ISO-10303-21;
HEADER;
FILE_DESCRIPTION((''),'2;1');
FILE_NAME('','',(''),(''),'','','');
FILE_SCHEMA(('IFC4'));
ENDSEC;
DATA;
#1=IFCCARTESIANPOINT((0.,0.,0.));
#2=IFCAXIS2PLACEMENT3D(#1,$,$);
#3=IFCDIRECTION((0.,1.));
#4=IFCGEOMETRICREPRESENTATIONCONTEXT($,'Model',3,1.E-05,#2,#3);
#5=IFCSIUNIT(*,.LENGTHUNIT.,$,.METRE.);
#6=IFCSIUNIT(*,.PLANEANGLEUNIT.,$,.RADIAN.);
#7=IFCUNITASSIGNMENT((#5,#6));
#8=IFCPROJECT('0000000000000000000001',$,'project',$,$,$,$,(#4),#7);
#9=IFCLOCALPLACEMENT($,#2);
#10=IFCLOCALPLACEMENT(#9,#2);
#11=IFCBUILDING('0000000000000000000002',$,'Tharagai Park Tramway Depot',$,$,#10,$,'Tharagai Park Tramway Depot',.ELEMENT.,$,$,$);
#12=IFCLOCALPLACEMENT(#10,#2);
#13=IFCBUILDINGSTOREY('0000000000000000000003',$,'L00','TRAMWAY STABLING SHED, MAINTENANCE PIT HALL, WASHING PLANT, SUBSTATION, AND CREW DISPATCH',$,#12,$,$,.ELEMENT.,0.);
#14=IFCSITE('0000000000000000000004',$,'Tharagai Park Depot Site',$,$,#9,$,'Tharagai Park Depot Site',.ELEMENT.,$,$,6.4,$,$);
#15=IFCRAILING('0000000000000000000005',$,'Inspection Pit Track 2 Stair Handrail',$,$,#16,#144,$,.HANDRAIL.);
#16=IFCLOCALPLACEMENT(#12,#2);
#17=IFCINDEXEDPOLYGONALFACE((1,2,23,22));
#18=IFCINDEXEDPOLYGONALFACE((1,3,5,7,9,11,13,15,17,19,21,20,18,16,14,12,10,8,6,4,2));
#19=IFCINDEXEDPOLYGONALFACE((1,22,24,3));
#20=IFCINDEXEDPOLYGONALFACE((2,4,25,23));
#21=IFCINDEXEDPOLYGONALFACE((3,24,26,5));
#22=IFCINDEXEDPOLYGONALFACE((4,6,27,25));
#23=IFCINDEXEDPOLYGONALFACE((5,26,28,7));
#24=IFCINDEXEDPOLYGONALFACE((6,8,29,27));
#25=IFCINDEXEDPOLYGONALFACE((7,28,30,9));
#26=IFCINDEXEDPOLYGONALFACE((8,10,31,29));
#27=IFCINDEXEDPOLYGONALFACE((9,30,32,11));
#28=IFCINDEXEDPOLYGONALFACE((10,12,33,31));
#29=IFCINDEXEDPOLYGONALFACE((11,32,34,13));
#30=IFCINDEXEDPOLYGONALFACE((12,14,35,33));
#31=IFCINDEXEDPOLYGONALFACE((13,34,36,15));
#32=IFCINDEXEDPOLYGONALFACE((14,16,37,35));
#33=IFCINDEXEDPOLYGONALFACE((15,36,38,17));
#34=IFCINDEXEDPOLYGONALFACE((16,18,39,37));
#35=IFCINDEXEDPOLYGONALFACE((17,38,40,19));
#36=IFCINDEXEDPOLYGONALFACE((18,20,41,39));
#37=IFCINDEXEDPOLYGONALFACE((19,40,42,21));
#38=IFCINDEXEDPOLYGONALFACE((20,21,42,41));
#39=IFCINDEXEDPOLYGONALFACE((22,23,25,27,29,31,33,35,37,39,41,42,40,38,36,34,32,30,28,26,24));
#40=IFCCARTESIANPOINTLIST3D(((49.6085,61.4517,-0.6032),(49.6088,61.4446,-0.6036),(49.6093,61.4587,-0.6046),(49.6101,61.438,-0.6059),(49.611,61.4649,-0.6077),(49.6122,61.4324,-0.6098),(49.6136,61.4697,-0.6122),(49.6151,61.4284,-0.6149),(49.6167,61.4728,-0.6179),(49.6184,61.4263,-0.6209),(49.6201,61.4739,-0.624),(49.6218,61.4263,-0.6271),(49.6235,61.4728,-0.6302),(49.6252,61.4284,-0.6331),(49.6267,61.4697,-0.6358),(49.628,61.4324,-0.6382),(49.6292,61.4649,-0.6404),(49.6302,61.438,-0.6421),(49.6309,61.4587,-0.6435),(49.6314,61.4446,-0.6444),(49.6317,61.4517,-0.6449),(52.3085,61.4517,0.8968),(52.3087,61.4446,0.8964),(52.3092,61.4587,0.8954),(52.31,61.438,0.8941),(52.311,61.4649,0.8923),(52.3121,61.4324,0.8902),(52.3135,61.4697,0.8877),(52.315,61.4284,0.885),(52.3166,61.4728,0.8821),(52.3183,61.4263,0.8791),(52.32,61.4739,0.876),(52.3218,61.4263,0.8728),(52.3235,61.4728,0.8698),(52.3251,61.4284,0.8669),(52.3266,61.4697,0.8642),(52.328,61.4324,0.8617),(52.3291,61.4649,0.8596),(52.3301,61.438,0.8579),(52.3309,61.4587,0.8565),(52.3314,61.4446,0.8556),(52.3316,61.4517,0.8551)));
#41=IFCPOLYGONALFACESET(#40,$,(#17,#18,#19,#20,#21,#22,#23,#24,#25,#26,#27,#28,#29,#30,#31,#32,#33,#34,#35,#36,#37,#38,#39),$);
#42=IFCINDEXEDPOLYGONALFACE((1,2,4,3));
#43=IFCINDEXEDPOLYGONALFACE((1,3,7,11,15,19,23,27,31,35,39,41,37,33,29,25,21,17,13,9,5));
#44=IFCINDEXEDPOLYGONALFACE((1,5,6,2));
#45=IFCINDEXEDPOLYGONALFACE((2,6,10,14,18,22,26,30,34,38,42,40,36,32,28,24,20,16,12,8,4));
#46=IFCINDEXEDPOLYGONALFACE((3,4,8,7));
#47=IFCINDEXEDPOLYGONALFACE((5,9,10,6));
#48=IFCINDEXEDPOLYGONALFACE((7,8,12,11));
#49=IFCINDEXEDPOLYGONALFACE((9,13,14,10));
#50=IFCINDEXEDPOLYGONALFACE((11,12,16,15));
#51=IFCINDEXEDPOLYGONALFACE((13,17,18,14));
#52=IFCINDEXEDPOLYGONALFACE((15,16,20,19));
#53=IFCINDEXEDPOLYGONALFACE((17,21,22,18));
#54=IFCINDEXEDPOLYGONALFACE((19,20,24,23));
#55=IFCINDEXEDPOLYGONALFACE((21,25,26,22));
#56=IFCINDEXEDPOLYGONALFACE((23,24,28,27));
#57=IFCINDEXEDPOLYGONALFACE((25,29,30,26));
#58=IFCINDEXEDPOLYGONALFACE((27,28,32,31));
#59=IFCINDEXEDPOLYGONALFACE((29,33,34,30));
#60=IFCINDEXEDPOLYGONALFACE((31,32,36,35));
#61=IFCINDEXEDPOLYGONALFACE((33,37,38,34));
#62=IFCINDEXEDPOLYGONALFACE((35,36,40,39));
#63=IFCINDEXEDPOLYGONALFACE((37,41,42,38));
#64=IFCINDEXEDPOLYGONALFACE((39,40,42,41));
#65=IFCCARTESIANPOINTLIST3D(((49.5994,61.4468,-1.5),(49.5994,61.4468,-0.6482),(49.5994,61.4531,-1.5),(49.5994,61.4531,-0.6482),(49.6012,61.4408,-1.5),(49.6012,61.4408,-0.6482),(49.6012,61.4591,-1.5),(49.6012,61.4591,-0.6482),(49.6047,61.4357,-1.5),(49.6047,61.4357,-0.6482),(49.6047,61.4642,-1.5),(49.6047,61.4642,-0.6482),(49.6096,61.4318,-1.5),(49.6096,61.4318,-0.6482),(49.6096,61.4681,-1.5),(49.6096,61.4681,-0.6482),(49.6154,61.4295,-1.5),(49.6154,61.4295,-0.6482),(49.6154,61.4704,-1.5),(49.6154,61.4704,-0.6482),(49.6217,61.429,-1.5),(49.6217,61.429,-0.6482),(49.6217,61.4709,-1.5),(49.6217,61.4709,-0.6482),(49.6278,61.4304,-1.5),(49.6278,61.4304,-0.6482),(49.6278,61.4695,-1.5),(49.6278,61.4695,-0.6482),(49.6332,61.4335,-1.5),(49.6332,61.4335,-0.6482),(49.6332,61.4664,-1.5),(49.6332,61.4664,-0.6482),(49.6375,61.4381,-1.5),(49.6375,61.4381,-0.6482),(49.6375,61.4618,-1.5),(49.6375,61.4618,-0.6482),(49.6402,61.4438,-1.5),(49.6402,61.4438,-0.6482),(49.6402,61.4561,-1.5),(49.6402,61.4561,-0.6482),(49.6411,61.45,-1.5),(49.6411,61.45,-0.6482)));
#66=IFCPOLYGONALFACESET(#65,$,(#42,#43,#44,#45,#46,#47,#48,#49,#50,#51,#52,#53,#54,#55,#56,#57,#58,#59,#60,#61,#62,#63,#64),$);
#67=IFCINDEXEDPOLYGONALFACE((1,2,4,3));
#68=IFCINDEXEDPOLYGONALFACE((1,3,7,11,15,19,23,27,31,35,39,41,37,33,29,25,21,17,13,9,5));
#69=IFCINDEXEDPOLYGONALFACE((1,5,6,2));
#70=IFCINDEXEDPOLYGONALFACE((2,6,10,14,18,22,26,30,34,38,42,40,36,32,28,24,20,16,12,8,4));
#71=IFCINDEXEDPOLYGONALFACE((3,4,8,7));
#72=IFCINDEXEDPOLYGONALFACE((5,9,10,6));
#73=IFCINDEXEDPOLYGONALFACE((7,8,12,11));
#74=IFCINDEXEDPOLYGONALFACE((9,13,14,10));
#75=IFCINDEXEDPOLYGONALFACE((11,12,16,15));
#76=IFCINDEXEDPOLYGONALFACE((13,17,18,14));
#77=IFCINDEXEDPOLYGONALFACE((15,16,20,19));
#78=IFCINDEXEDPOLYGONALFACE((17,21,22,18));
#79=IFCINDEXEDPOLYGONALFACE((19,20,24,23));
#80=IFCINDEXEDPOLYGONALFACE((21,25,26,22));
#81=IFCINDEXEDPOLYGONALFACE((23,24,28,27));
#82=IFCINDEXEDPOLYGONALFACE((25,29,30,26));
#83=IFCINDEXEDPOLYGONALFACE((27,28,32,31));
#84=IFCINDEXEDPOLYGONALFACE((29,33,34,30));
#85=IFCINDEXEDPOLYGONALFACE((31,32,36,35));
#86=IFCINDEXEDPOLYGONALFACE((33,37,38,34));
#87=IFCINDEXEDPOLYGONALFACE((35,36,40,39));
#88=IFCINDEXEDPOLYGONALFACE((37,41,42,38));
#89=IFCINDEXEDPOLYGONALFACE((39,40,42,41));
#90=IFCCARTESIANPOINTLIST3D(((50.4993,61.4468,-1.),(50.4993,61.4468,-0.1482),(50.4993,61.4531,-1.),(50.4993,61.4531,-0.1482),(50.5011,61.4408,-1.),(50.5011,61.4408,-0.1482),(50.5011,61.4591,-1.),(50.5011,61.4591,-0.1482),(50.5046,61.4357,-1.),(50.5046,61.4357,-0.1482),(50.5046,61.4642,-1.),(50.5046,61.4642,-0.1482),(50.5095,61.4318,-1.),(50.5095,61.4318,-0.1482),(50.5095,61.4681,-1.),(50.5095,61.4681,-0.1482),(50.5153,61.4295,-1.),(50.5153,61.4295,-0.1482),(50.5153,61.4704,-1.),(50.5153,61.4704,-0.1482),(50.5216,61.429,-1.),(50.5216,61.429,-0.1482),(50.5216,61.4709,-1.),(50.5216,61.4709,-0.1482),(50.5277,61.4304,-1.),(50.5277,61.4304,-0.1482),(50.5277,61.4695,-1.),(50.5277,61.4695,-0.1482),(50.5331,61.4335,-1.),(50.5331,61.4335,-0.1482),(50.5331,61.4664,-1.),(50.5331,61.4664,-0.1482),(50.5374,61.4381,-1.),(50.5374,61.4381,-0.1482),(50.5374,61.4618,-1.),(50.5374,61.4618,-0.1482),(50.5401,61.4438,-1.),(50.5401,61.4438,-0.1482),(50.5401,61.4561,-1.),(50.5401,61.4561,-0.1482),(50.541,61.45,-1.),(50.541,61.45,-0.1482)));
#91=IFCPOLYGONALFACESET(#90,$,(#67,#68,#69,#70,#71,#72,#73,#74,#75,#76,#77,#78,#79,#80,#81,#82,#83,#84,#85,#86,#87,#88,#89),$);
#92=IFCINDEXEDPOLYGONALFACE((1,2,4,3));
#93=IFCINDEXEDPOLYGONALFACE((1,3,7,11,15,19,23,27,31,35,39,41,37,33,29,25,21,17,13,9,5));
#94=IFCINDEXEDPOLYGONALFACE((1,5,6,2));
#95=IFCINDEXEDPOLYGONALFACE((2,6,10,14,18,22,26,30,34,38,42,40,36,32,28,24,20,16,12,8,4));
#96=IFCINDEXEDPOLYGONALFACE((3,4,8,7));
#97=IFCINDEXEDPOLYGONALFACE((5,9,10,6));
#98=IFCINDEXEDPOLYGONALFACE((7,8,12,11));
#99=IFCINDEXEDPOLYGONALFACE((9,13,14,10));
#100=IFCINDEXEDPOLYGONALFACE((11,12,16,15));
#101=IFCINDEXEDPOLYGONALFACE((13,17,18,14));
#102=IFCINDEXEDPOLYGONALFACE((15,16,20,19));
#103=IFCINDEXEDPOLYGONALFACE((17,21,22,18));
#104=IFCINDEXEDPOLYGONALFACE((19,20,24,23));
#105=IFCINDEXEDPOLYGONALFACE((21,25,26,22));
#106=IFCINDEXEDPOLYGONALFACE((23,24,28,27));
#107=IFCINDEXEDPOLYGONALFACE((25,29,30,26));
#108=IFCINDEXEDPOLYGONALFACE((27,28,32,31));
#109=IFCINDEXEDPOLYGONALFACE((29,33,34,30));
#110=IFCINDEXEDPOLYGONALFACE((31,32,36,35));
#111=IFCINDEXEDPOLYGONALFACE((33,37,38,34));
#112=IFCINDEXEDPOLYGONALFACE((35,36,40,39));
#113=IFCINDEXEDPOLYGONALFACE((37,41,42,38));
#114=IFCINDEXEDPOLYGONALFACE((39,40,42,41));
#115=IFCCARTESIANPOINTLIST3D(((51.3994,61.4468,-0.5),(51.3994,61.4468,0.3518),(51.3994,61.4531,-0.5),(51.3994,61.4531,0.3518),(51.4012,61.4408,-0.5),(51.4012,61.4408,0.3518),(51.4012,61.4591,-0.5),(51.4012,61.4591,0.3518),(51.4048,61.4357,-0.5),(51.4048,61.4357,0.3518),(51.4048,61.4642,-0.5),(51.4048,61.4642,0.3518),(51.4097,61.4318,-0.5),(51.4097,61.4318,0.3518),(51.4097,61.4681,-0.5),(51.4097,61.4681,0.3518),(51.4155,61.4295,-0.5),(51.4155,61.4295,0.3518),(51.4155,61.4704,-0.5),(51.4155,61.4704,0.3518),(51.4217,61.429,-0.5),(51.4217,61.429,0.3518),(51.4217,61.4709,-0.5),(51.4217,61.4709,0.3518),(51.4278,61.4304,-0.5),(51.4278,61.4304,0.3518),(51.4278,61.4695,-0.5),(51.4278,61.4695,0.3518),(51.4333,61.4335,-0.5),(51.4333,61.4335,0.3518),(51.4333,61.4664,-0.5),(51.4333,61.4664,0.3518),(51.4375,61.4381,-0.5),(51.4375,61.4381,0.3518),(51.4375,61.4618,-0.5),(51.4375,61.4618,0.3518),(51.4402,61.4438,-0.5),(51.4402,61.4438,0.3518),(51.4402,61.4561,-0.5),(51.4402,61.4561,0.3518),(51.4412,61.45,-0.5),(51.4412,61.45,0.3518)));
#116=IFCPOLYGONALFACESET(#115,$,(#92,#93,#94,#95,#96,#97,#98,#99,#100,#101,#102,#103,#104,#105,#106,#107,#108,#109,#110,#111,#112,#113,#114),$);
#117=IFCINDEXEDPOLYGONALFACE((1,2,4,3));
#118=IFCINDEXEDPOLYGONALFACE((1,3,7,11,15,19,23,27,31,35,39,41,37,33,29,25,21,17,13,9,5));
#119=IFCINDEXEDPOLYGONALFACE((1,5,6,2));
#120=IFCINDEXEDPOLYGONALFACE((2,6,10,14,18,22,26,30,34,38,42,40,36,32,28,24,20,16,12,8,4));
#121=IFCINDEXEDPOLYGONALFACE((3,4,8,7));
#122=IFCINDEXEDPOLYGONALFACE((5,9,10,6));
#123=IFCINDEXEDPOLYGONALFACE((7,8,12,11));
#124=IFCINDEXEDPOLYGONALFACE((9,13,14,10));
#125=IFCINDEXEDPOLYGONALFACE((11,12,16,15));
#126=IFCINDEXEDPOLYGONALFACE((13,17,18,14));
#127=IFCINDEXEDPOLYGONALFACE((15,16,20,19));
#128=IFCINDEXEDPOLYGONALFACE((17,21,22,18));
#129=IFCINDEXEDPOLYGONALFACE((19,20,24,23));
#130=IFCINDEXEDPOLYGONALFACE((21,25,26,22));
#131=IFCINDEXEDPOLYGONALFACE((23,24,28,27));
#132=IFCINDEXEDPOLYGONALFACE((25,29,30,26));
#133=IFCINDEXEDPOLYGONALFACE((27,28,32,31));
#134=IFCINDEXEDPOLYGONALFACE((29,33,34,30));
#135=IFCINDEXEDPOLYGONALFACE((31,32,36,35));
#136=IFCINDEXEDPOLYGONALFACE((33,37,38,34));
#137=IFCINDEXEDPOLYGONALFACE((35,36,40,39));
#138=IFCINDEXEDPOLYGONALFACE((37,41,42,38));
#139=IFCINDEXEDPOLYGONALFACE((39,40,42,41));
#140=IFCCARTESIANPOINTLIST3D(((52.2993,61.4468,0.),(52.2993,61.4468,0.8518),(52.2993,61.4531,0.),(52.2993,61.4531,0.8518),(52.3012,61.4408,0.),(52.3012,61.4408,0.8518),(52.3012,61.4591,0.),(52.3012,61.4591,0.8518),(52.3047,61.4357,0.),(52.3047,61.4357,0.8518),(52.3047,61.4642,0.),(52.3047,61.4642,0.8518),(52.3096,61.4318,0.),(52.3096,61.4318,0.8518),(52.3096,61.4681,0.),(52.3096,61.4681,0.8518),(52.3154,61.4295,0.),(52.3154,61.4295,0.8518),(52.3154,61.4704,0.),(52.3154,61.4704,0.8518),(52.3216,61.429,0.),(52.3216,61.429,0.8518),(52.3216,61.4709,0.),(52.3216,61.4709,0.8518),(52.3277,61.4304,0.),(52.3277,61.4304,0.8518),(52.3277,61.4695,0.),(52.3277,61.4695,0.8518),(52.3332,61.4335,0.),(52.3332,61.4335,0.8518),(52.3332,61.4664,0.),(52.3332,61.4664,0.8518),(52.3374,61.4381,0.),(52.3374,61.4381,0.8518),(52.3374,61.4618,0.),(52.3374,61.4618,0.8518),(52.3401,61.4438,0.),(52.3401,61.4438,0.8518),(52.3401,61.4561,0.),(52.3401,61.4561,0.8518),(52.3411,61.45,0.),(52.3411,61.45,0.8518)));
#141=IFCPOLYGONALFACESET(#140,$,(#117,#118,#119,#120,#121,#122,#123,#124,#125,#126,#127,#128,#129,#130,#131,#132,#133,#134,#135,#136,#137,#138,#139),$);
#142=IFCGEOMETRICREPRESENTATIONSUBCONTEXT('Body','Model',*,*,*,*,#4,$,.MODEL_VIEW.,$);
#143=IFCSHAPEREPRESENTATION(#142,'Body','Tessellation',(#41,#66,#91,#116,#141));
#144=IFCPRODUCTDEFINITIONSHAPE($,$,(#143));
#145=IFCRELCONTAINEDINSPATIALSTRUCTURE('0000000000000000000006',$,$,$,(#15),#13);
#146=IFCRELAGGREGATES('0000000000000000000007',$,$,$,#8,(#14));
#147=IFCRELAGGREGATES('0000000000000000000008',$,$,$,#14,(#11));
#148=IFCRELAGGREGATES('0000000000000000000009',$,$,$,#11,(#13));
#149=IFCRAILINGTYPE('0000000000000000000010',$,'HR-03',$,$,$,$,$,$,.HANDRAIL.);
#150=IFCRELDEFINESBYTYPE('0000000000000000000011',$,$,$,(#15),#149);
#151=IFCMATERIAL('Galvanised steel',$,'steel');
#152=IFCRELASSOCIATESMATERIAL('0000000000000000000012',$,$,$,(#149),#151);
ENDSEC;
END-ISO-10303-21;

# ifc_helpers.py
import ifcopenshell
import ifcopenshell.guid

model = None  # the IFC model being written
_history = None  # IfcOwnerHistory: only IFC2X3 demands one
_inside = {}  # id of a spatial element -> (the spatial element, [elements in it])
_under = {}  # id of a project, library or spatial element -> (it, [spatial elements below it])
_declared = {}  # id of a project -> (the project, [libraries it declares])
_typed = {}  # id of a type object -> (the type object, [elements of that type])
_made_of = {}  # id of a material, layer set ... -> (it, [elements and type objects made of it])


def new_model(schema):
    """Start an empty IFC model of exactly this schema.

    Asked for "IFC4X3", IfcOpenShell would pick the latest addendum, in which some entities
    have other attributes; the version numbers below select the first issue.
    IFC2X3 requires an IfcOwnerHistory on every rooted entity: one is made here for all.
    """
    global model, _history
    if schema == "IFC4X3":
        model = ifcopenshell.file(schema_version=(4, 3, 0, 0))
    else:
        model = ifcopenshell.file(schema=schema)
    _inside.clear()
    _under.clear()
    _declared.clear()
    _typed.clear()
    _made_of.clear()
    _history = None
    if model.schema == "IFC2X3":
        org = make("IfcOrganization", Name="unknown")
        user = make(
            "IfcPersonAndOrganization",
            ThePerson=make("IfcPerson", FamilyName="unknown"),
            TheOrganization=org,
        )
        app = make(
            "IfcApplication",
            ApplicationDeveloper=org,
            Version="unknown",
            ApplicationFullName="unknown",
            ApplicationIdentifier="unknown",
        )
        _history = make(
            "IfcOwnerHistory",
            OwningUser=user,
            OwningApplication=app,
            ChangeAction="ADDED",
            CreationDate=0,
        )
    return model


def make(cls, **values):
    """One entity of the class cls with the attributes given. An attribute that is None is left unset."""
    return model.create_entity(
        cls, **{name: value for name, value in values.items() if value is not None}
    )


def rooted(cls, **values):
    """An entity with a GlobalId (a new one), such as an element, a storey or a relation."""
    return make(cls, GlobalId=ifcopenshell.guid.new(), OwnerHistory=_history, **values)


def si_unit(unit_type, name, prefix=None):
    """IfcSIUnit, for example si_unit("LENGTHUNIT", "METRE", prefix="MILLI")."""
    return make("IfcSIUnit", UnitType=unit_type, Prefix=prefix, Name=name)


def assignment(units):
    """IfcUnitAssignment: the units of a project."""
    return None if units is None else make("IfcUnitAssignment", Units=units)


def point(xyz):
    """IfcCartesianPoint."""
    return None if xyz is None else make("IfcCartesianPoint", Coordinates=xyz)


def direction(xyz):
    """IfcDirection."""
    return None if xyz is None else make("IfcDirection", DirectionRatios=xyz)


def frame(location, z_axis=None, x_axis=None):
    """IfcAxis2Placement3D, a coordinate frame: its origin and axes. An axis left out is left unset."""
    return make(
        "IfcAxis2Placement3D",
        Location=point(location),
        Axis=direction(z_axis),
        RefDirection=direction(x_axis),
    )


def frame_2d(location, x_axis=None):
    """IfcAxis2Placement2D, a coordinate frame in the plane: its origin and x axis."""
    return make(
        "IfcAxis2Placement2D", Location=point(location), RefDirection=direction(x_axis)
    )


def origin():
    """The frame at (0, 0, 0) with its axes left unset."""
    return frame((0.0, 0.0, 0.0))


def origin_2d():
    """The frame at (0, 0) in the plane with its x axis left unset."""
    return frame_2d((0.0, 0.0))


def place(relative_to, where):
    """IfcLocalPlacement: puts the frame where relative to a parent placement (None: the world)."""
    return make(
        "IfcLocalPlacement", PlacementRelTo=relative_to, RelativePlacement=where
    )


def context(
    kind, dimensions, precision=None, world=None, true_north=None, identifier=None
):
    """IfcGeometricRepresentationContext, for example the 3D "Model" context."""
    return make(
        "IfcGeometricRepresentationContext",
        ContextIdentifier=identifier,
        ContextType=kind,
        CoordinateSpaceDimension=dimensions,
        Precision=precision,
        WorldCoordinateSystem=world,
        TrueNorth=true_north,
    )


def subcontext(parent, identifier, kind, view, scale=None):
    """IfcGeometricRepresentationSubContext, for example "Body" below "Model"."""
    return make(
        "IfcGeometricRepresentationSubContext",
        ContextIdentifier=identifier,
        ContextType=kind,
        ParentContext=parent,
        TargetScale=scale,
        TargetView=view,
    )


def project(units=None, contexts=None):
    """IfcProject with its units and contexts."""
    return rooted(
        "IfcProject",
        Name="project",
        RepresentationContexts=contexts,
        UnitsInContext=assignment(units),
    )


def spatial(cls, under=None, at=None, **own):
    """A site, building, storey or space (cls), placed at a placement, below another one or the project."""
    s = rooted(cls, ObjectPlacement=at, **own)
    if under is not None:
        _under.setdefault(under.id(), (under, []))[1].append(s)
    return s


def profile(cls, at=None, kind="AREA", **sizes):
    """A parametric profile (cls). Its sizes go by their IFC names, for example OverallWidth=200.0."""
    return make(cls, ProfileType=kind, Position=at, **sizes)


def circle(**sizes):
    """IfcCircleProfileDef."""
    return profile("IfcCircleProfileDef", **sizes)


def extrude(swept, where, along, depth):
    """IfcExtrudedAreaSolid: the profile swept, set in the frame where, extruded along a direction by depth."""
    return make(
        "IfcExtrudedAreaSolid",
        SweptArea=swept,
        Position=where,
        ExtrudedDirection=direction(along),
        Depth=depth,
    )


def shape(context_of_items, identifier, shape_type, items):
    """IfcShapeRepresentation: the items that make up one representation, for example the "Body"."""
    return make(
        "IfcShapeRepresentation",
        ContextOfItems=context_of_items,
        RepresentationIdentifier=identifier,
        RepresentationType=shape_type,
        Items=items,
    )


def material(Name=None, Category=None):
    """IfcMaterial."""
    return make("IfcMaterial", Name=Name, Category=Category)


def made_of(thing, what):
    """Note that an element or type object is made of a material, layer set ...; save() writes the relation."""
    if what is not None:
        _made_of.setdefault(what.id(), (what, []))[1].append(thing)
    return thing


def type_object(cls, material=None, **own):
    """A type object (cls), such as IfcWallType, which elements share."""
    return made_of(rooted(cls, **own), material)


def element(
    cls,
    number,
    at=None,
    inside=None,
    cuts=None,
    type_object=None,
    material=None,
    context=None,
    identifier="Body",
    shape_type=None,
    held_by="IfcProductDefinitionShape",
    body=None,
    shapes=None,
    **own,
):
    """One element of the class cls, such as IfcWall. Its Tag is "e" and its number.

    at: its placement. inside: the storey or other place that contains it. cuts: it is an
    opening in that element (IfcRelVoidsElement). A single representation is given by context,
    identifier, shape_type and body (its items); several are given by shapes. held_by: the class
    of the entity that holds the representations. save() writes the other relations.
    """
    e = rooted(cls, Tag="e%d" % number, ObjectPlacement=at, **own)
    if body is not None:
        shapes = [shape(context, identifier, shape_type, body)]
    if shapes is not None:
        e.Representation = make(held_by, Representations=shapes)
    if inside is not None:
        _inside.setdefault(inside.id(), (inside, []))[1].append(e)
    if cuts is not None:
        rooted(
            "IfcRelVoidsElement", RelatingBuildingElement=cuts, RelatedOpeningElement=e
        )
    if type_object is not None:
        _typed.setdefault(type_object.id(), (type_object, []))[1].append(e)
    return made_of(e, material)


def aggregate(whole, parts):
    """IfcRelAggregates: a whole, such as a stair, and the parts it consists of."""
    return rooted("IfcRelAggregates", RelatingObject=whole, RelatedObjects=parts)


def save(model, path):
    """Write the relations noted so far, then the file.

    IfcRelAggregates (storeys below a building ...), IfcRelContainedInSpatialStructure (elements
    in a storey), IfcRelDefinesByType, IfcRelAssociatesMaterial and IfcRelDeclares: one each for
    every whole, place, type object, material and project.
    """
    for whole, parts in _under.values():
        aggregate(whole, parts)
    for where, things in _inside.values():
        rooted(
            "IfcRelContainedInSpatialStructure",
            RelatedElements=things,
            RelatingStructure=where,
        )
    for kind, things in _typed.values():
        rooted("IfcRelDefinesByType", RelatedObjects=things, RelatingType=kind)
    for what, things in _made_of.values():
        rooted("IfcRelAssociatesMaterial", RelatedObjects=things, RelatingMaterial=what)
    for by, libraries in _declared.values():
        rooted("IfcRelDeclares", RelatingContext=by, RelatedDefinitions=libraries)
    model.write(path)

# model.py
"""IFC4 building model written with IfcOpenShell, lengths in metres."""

from ifc_helpers import new_model, si_unit, direction, frame, origin, origin_2d, place, context, subcontext, project, spatial, circle, extrude, material, type_object, element, save


model = new_model("IFC4")

# Units and contexts
model_context = context("Model", 3, precision=1e-05, world=origin(), true_north=direction((0.0, 1.0)))
body_context = subcontext(model_context, "Body", "Model", "MODEL_VIEW")
ifc_project = project(units=[si_unit("LENGTHUNIT", "METRE"), si_unit("PLANEANGLEUNIT", "RADIAN")], contexts=[model_context])

# Site, building, storey
site_placement = place(None, origin())
site = spatial("IfcSite", under=ifc_project, at=site_placement, Name="Tharagai Park Depot Site", LongName="Tharagai Park Depot Site", CompositionType="ELEMENT", RefElevation=6.4)
building_placement = place(site_placement, origin())
building = spatial("IfcBuilding", under=site, at=building_placement, Name="Tharagai Park Tramway Depot", LongName="Tharagai Park Tramway Depot", CompositionType="ELEMENT")
storey_placement = place(building_placement, origin())
storey = spatial("IfcBuildingStorey", under=building, at=storey_placement, Name="L00", Description="TRAMWAY STABLING SHED, MAINTENANCE PIT HALL, WASHING PLANT, SUBSTATION, AND CREW DISPATCH", CompositionType="ELEMENT", Elevation=0.0)

# Railing
ifc_material_1 = material(Name="Galvanised steel", Category="steel")
railing_type_1 = type_object("IfcRailingType", Name="HR-03", PredefinedType="HANDRAIL", material=ifc_material_1)
for number, where, name in (
    (1, (49.6201, 61.45, -1.5), "Inspection Pit Track 2 Stair Handrail"),
):
    element("IfcRailing", number, at=place(storey_placement, frame(where)), inside=storey, type_object=railing_type_1, Name=name, PredefinedType="HANDRAIL", context=body_context, shape_type="SweptSolid", body=[
        extrude(circle(Radius=0.0239, at=origin_2d()), frame((0.0, 0.0, 0.876), z_axis=(0.874154, 0.0, 0.48565), x_axis=(0.0, 1.0, 0.0)), (0.0, 0.0, 1.0), 3.0886),
        extrude(circle(Radius=0.021, at=origin_2d()), origin(), (0.0, 0.0, 1.0), 0.8518),
        extrude(circle(Radius=0.021, at=origin_2d()), frame((0.8999, 0.0, 0.5)), (0.0, 0.0, 1.0), 0.8518),
        extrude(circle(Radius=0.021, at=origin_2d()), frame((1.8, 0.0, 1.0)), (0.0, 0.0, 1.0), 0.8518),
        extrude(circle(Radius=0.021, at=origin_2d()), frame((2.7, 0.0, 1.5)), (0.0, 0.0, 1.0), 0.8518),
    ])

save(model, "model.ifc")
